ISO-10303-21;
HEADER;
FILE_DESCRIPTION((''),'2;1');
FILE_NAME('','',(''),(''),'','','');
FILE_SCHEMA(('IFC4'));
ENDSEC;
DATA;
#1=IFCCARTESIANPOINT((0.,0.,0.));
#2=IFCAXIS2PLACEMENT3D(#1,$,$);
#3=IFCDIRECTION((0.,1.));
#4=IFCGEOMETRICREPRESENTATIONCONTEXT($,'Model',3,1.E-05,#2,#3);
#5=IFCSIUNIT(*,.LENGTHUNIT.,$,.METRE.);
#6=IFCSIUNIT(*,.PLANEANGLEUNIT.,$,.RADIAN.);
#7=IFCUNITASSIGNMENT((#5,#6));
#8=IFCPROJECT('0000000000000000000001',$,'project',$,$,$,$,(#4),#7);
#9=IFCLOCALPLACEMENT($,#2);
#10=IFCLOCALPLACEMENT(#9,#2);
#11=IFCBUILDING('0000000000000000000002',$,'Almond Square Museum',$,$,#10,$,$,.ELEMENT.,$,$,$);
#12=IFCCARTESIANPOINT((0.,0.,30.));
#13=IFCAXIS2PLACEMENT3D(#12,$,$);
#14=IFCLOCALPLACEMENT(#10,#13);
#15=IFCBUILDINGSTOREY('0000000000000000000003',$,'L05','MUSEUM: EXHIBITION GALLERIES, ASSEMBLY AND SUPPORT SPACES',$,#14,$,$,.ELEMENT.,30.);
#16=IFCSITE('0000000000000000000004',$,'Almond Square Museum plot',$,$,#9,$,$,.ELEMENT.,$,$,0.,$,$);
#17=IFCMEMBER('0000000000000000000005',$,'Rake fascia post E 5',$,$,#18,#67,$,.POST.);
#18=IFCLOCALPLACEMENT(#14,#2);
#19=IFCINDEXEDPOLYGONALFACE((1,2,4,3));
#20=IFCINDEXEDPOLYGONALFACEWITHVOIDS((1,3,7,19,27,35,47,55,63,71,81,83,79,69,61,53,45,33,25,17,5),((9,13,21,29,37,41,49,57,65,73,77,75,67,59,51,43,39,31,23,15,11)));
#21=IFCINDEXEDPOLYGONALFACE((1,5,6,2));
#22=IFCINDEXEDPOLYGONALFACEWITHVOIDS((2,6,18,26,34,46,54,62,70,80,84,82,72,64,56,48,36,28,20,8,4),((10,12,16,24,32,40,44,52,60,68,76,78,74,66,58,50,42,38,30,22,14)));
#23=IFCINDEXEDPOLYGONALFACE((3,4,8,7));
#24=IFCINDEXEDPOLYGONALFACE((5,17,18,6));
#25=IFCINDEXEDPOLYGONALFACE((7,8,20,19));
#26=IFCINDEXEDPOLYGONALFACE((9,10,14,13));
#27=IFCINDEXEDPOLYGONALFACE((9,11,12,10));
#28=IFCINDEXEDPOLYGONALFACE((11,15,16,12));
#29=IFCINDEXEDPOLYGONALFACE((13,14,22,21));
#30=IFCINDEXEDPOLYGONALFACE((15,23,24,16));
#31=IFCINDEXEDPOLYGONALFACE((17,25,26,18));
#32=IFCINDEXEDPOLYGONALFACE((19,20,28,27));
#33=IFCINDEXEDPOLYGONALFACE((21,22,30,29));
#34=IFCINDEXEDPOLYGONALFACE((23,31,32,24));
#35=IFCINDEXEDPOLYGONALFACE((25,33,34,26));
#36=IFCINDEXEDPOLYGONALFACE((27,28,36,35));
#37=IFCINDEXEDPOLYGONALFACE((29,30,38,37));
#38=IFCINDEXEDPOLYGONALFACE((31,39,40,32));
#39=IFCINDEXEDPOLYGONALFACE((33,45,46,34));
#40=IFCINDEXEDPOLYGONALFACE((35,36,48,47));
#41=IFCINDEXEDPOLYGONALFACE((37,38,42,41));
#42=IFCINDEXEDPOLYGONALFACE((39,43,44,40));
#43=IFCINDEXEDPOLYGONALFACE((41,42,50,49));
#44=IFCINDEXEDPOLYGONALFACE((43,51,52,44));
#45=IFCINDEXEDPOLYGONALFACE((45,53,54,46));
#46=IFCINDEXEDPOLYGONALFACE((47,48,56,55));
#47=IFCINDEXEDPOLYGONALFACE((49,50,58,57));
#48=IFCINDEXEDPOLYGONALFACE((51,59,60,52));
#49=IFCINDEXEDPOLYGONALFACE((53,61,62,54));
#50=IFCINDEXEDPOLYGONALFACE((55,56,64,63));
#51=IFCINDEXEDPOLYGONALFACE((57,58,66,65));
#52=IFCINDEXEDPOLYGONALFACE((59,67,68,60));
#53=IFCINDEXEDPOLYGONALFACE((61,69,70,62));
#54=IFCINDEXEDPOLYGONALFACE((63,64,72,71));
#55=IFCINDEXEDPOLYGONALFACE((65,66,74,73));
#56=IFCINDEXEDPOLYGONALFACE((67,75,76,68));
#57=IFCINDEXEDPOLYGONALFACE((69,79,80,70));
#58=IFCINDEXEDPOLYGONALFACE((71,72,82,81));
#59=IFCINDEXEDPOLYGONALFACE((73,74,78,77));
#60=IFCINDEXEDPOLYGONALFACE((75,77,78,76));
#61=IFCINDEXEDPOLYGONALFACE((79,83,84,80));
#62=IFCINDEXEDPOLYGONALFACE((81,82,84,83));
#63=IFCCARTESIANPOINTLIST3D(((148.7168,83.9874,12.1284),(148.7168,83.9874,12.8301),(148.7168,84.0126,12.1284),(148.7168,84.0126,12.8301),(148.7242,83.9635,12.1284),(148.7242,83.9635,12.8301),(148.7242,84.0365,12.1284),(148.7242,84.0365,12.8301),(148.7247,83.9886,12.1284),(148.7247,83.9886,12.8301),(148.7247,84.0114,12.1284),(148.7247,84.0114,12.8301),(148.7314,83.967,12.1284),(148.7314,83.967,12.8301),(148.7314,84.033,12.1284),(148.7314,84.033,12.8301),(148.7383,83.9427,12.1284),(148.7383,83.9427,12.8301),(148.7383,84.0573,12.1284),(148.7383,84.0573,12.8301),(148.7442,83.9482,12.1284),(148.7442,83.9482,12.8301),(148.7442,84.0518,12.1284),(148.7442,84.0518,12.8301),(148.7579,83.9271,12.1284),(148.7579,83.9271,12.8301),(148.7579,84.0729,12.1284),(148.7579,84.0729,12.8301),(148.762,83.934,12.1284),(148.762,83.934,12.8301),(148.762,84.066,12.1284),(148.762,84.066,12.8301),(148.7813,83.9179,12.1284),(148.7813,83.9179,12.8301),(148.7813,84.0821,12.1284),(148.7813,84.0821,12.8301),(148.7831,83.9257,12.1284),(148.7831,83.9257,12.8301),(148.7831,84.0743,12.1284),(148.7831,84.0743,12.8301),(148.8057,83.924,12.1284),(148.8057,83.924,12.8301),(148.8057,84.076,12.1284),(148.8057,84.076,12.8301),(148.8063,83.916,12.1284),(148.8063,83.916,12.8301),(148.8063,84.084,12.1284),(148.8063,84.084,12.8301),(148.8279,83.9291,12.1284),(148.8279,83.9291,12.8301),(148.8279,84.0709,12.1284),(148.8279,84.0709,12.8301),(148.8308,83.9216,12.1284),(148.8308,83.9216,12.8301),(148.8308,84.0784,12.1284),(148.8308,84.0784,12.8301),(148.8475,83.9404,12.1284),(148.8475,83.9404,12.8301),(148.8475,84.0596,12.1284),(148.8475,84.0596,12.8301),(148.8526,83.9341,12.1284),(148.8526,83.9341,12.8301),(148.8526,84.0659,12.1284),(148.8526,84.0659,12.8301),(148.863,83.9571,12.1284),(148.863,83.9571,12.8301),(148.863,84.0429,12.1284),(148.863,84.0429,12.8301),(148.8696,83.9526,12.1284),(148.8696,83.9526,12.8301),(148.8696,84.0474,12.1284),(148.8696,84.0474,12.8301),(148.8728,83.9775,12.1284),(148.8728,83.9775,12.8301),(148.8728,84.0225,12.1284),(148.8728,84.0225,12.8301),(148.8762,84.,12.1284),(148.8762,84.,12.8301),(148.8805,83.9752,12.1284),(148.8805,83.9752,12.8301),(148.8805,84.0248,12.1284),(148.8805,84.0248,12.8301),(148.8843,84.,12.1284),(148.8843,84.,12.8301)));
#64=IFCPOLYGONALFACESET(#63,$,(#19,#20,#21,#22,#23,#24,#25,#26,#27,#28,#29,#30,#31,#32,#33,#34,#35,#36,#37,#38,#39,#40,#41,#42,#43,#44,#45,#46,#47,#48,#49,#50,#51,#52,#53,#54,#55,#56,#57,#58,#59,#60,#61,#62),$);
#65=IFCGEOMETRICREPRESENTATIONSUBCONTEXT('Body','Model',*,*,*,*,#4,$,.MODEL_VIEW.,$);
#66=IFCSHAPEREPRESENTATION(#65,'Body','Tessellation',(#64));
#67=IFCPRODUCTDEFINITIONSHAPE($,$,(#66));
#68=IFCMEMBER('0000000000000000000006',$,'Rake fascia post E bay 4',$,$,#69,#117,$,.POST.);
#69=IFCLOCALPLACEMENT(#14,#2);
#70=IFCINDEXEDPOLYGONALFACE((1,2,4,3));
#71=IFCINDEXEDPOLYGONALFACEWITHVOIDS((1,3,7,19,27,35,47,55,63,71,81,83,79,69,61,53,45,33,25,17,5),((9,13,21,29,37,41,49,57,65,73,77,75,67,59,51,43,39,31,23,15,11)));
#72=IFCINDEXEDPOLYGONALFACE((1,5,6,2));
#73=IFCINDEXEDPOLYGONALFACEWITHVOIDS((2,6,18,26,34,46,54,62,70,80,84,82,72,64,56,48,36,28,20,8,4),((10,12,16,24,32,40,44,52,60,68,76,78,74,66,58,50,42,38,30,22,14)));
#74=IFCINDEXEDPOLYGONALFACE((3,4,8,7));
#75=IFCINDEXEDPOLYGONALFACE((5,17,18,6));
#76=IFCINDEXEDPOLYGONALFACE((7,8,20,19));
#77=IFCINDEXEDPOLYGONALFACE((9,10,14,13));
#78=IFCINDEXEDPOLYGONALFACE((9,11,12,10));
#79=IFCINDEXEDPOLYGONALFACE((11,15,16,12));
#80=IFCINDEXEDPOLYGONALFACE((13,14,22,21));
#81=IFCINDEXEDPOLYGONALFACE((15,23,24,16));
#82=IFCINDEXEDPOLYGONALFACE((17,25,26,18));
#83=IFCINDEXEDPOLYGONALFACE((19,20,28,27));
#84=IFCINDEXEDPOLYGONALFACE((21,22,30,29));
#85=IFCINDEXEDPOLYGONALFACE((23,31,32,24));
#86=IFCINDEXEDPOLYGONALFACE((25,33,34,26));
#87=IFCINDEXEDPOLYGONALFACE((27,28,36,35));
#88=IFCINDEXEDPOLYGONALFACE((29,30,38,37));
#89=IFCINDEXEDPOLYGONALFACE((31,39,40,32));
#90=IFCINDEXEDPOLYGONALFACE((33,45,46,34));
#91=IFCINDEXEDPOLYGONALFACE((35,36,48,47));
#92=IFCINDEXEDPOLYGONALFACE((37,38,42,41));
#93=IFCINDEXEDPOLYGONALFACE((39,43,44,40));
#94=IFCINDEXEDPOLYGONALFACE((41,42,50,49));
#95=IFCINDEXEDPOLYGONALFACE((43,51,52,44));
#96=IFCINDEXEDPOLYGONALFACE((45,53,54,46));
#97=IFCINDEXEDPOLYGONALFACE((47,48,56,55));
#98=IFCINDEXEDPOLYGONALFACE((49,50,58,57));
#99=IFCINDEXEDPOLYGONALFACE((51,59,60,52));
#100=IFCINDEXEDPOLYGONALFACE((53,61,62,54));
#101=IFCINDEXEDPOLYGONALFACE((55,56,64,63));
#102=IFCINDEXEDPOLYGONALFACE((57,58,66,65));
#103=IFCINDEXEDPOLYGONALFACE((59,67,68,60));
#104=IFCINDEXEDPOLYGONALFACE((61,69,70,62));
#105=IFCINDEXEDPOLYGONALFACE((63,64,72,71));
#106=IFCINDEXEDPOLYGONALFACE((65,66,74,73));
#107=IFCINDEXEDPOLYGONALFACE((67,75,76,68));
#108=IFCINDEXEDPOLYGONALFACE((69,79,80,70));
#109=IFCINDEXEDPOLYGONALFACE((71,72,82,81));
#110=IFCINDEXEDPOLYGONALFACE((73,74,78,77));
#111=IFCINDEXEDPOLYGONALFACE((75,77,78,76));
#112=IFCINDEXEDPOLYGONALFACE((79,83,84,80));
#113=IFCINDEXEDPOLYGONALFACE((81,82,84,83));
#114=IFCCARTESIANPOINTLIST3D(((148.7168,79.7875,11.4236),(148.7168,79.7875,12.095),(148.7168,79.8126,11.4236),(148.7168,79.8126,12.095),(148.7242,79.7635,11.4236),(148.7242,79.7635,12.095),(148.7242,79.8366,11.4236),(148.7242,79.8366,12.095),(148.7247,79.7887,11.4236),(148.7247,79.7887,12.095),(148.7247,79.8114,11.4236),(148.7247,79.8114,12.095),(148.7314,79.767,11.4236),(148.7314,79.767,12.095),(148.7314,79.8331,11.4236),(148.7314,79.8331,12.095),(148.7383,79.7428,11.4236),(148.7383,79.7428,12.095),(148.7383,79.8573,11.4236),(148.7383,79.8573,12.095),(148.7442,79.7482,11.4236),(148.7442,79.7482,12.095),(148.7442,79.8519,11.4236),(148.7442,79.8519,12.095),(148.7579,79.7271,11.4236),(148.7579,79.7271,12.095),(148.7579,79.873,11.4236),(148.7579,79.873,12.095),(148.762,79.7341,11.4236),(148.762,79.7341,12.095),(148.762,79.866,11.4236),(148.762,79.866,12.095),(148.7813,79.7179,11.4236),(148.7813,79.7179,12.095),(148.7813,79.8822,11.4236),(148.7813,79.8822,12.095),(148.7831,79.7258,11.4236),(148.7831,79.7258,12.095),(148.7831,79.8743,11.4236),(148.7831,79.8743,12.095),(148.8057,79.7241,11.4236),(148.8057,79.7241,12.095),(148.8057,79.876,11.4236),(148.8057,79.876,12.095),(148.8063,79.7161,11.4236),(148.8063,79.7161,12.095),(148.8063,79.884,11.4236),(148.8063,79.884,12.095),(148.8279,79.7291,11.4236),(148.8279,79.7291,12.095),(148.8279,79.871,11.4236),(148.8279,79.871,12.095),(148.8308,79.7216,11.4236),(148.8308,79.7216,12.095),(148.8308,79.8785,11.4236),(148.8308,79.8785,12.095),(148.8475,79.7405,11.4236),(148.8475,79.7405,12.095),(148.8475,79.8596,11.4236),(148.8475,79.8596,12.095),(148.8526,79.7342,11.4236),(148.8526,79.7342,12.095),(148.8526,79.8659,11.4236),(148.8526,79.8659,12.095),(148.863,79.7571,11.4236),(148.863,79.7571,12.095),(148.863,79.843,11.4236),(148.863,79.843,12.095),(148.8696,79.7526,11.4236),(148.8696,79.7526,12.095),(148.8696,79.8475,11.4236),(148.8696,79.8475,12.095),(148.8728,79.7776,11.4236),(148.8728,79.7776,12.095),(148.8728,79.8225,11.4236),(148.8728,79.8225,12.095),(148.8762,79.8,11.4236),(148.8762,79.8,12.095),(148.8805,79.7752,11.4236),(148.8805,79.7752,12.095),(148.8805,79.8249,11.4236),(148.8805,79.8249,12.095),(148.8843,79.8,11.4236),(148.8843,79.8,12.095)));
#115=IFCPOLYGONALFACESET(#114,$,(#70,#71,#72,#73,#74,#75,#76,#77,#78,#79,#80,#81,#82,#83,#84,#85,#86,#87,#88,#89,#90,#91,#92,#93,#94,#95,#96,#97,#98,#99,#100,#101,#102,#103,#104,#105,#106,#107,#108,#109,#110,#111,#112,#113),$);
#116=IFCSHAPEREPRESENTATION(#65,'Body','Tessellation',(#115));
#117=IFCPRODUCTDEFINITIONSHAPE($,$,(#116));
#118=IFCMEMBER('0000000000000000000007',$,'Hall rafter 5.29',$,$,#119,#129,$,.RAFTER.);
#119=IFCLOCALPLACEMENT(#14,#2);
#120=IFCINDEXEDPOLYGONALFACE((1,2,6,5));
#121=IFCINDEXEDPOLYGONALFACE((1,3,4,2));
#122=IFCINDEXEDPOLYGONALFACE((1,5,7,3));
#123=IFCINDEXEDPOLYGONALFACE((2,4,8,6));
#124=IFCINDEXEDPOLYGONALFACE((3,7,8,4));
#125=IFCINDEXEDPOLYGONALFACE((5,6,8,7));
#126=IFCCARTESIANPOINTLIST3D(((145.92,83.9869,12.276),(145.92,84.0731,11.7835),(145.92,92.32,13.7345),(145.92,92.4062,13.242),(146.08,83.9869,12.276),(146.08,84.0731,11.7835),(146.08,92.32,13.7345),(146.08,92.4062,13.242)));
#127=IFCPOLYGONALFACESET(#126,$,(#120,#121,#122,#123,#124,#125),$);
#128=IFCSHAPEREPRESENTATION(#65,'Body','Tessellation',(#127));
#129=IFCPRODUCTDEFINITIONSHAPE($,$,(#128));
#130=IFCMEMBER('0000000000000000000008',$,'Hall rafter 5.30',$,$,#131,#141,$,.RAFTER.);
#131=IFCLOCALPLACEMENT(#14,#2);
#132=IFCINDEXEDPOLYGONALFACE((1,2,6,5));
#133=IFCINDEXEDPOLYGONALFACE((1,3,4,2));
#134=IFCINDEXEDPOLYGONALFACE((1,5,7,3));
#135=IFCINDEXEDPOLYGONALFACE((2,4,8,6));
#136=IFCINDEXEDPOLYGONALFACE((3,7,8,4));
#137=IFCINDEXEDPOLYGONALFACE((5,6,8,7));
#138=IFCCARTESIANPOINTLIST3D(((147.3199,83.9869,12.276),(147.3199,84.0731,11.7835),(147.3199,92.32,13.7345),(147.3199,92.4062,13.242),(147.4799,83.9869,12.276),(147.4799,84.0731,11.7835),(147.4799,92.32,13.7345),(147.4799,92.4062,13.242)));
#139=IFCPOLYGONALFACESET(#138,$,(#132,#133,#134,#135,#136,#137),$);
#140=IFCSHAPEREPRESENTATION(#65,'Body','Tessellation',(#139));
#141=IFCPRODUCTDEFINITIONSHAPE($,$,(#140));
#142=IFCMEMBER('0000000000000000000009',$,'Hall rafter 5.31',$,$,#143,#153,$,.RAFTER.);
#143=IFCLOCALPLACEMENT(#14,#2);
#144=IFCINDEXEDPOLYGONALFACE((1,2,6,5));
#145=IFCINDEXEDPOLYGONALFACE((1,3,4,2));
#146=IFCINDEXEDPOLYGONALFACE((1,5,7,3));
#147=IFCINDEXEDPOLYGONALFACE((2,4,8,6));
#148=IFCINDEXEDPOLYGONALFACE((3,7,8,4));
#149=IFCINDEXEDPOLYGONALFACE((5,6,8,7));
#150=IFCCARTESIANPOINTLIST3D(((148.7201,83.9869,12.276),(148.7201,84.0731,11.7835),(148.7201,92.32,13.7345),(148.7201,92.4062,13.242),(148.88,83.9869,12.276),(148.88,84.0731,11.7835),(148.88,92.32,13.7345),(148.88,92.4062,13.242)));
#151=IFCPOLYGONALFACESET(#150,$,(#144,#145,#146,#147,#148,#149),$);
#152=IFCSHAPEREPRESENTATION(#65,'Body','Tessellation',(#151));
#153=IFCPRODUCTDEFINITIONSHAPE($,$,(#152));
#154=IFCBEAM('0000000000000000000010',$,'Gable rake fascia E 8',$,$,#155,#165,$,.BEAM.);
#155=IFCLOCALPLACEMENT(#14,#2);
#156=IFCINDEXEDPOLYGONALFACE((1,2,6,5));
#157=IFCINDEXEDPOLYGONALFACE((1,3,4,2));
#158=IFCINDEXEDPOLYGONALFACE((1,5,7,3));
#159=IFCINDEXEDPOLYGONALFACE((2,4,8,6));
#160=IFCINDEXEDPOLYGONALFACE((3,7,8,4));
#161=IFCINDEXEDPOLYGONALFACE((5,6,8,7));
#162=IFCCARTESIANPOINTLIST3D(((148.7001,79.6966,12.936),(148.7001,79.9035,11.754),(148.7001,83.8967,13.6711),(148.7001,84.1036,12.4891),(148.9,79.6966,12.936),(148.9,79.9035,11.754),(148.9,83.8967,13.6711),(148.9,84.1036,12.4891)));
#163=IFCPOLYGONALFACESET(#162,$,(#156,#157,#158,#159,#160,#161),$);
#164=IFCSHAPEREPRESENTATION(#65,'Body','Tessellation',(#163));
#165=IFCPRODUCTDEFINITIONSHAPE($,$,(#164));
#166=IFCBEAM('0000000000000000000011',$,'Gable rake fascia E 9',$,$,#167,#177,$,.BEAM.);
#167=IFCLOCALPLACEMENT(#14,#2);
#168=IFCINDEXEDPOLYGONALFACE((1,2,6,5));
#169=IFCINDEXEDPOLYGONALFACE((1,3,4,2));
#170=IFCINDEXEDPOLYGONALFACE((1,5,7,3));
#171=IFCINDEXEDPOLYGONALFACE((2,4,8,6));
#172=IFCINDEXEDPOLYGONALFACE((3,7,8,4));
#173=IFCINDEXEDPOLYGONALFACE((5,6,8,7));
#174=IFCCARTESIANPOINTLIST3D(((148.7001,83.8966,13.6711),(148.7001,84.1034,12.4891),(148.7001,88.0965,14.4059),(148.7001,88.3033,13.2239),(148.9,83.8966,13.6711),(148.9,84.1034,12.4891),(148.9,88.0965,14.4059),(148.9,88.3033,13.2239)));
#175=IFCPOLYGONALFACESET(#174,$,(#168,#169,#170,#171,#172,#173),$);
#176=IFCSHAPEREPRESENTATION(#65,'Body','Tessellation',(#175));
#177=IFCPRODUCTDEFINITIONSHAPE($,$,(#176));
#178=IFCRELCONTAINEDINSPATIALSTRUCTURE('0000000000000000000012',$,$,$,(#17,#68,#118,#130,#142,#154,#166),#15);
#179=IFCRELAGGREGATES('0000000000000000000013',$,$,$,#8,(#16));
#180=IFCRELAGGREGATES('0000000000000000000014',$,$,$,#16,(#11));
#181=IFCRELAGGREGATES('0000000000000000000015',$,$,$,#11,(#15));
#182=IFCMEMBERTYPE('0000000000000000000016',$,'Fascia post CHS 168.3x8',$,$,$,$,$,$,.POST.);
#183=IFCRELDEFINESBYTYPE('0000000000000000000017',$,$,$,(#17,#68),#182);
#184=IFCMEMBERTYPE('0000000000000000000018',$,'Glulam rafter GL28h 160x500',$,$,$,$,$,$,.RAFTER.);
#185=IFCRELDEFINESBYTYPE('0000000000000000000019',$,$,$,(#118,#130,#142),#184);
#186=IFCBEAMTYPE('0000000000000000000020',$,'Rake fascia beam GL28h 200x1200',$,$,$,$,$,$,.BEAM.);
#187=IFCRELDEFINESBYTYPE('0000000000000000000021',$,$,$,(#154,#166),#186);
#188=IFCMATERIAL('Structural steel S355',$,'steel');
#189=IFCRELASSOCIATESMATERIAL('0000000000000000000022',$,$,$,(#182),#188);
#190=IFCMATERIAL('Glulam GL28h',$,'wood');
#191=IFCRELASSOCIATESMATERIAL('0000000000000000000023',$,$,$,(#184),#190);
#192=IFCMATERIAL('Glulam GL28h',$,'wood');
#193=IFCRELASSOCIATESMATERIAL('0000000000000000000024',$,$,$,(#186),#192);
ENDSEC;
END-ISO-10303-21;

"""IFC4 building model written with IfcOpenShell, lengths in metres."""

from ifc_helpers import new_model, si_unit, direction, frame, origin, origin_2d, place, context, subcontext, project, spatial, rectangle, hollow_circle, extrude, material, material_profile, profile_set, type_object, element, save


model = new_model("IFC4")

# Units and contexts
model_context = context("Model", 3, precision=1e-05, world=origin(), true_north=direction((0.0, 1.0)))
body_context = subcontext(model_context, "Body", "Model", "MODEL_VIEW")
ifc_project = project(units=[si_unit("LENGTHUNIT", "METRE"), si_unit("PLANEANGLEUNIT", "RADIAN")], contexts=[model_context])

# Site, building, storey
site_placement = place(None, origin())
site = spatial("IfcSite", under=ifc_project, at=site_placement, Name="Almond Square Museum plot", CompositionType="ELEMENT", RefElevation=0.0)
building_placement = place(site_placement, origin())
building = spatial("IfcBuilding", under=site, at=building_placement, Name="Almond Square Museum", CompositionType="ELEMENT")
storey_placement = place(building_placement, frame((0.0, 0.0, 30.0)))
storey = spatial("IfcBuildingStorey", under=building, at=storey_placement, Name="L05", Description="MUSEUM: EXHIBITION GALLERIES, ASSEMBLY AND SUPPORT SPACES", CompositionType="ELEMENT", Elevation=30.0)

# Members
ifc_material_1 = material(Name="Structural steel S355", Category="steel")
ifc_material_profile_1 = material_profile(ifc_material_1, hollow_circle(Radius=0.0842, WallThickness=0.0081, at=origin_2d()))
ifc_profile_set_1 = profile_set([ifc_material_profile_1], Name="Structural steel S355")
member_type_1 = type_object("IfcMemberType", Name="Fascia post CHS 168.3x8", PredefinedType="POST", material=ifc_profile_set_1)
member_1_placement = place(storey_placement, frame((148.8, 84.0, 12.1284), z_axis=(0.0, 0.0, 1.0), x_axis=(1.0, 0.0, 0.0)))
element("IfcMember", 1, at=member_1_placement, inside=storey, type_object=member_type_1, Name="Rake fascia post E 5", PredefinedType="POST", context=body_context, shape_type="SweptSolid", body=[
    extrude(hollow_circle(Radius=0.0842, WallThickness=0.0081, at=origin_2d()), origin(), (0.0, 0.0, 1.0), 0.7017),
])
member_2_placement = place(storey_placement, frame((148.8, 79.8, 11.4236), z_axis=(0.0, 0.0, 1.0), x_axis=(1.0, 0.0, 0.0)))
element("IfcMember", 2, at=member_2_placement, inside=storey, type_object=member_type_1, Name="Rake fascia post E bay 4", PredefinedType="POST", context=body_context, shape_type="SweptSolid", body=[
    extrude(hollow_circle(Radius=0.0842, WallThickness=0.0081, at=origin_2d()), origin(), (0.0, 0.0, 1.0), 0.6714),
])
ifc_material_2 = material(Name="Glulam GL28h", Category="wood")
ifc_material_profile_2 = material_profile(ifc_material_2, rectangle(XDim=0.1599, YDim=0.5, at=origin_2d()))
ifc_profile_set_2 = profile_set([ifc_material_profile_2], Name="Glulam GL28h")
member_type_2 = type_object("IfcMemberType", Name="Glulam rafter GL28h 160x500", PredefinedType="RAFTER", material=ifc_profile_set_2)
for number, where, z_axis, x_axis, name in (
    (3, (146.0, 84.03, 12.0298), (0.0, 0.985026, 0.172406), (-1.0, 0.0, 0.0), "Hall rafter 5.29"),
    (4, (147.3999, 84.03, 12.0298), (0.0, 0.985026, 0.172406), (-1.0, 0.0, 0.0), "Hall rafter 5.30"),
    (5, (148.8, 84.03, 12.0298), (0.0, 0.985026, 0.172406), (-1.0, 0.0, 0.0), "Hall rafter 5.31"),
):
    element("IfcMember", number, at=place(storey_placement, frame(where, z_axis=z_axis, x_axis=x_axis)), inside=storey, type_object=member_type_2, Name=name, PredefinedType="RAFTER", context=body_context, shape_type="SweptSolid", body=[
        extrude(rectangle(XDim=0.1599, YDim=0.5, at=origin_2d()), origin(), (0.0, 0.0, 1.0), 8.4597),
    ])

# Beams
ifc_material_3 = material(Name="Glulam GL28h", Category="wood")
ifc_material_profile_3 = material_profile(ifc_material_3, rectangle(XDim=0.2, YDim=1.2, at=origin_2d()))
ifc_profile_set_3 = profile_set([ifc_material_profile_3], Name="Glulam GL28h")
beam_type = type_object("IfcBeamType", Name="Rake fascia beam GL28h 200x1200", PredefinedType="BEAM", material=ifc_profile_set_3)
beam_1_placement = place(storey_placement, frame((148.8, 79.8, 12.345), z_axis=(0.0, 0.985026, 0.172407), x_axis=(-1.0, 0.0, 0.0)))
element("IfcBeam", 6, at=beam_1_placement, inside=storey, type_object=beam_type, Name="Gable rake fascia E 8", PredefinedType="BEAM", context=body_context, shape_type="SweptSolid", body=[
    extrude(rectangle(XDim=0.2, YDim=1.2, at=origin_2d()), origin(), (0.0, 0.0, 1.0), 4.2639),
])
beam_2_placement = place(storey_placement, frame((148.8, 84.0, 13.0801), z_axis=(0.0, 0.985036, 0.172351), x_axis=(-1.0, 0.0, 0.0)))
element("IfcBeam", 7, at=beam_2_placement, inside=storey, type_object=beam_type, Name="Gable rake fascia E 9", PredefinedType="BEAM", context=body_context, shape_type="SweptSolid", body=[
    extrude(rectangle(XDim=0.2, YDim=1.2, at=origin_2d()), origin(), (0.0, 0.0, 1.0), 4.2637),
])

save(model, "model.ifc")
